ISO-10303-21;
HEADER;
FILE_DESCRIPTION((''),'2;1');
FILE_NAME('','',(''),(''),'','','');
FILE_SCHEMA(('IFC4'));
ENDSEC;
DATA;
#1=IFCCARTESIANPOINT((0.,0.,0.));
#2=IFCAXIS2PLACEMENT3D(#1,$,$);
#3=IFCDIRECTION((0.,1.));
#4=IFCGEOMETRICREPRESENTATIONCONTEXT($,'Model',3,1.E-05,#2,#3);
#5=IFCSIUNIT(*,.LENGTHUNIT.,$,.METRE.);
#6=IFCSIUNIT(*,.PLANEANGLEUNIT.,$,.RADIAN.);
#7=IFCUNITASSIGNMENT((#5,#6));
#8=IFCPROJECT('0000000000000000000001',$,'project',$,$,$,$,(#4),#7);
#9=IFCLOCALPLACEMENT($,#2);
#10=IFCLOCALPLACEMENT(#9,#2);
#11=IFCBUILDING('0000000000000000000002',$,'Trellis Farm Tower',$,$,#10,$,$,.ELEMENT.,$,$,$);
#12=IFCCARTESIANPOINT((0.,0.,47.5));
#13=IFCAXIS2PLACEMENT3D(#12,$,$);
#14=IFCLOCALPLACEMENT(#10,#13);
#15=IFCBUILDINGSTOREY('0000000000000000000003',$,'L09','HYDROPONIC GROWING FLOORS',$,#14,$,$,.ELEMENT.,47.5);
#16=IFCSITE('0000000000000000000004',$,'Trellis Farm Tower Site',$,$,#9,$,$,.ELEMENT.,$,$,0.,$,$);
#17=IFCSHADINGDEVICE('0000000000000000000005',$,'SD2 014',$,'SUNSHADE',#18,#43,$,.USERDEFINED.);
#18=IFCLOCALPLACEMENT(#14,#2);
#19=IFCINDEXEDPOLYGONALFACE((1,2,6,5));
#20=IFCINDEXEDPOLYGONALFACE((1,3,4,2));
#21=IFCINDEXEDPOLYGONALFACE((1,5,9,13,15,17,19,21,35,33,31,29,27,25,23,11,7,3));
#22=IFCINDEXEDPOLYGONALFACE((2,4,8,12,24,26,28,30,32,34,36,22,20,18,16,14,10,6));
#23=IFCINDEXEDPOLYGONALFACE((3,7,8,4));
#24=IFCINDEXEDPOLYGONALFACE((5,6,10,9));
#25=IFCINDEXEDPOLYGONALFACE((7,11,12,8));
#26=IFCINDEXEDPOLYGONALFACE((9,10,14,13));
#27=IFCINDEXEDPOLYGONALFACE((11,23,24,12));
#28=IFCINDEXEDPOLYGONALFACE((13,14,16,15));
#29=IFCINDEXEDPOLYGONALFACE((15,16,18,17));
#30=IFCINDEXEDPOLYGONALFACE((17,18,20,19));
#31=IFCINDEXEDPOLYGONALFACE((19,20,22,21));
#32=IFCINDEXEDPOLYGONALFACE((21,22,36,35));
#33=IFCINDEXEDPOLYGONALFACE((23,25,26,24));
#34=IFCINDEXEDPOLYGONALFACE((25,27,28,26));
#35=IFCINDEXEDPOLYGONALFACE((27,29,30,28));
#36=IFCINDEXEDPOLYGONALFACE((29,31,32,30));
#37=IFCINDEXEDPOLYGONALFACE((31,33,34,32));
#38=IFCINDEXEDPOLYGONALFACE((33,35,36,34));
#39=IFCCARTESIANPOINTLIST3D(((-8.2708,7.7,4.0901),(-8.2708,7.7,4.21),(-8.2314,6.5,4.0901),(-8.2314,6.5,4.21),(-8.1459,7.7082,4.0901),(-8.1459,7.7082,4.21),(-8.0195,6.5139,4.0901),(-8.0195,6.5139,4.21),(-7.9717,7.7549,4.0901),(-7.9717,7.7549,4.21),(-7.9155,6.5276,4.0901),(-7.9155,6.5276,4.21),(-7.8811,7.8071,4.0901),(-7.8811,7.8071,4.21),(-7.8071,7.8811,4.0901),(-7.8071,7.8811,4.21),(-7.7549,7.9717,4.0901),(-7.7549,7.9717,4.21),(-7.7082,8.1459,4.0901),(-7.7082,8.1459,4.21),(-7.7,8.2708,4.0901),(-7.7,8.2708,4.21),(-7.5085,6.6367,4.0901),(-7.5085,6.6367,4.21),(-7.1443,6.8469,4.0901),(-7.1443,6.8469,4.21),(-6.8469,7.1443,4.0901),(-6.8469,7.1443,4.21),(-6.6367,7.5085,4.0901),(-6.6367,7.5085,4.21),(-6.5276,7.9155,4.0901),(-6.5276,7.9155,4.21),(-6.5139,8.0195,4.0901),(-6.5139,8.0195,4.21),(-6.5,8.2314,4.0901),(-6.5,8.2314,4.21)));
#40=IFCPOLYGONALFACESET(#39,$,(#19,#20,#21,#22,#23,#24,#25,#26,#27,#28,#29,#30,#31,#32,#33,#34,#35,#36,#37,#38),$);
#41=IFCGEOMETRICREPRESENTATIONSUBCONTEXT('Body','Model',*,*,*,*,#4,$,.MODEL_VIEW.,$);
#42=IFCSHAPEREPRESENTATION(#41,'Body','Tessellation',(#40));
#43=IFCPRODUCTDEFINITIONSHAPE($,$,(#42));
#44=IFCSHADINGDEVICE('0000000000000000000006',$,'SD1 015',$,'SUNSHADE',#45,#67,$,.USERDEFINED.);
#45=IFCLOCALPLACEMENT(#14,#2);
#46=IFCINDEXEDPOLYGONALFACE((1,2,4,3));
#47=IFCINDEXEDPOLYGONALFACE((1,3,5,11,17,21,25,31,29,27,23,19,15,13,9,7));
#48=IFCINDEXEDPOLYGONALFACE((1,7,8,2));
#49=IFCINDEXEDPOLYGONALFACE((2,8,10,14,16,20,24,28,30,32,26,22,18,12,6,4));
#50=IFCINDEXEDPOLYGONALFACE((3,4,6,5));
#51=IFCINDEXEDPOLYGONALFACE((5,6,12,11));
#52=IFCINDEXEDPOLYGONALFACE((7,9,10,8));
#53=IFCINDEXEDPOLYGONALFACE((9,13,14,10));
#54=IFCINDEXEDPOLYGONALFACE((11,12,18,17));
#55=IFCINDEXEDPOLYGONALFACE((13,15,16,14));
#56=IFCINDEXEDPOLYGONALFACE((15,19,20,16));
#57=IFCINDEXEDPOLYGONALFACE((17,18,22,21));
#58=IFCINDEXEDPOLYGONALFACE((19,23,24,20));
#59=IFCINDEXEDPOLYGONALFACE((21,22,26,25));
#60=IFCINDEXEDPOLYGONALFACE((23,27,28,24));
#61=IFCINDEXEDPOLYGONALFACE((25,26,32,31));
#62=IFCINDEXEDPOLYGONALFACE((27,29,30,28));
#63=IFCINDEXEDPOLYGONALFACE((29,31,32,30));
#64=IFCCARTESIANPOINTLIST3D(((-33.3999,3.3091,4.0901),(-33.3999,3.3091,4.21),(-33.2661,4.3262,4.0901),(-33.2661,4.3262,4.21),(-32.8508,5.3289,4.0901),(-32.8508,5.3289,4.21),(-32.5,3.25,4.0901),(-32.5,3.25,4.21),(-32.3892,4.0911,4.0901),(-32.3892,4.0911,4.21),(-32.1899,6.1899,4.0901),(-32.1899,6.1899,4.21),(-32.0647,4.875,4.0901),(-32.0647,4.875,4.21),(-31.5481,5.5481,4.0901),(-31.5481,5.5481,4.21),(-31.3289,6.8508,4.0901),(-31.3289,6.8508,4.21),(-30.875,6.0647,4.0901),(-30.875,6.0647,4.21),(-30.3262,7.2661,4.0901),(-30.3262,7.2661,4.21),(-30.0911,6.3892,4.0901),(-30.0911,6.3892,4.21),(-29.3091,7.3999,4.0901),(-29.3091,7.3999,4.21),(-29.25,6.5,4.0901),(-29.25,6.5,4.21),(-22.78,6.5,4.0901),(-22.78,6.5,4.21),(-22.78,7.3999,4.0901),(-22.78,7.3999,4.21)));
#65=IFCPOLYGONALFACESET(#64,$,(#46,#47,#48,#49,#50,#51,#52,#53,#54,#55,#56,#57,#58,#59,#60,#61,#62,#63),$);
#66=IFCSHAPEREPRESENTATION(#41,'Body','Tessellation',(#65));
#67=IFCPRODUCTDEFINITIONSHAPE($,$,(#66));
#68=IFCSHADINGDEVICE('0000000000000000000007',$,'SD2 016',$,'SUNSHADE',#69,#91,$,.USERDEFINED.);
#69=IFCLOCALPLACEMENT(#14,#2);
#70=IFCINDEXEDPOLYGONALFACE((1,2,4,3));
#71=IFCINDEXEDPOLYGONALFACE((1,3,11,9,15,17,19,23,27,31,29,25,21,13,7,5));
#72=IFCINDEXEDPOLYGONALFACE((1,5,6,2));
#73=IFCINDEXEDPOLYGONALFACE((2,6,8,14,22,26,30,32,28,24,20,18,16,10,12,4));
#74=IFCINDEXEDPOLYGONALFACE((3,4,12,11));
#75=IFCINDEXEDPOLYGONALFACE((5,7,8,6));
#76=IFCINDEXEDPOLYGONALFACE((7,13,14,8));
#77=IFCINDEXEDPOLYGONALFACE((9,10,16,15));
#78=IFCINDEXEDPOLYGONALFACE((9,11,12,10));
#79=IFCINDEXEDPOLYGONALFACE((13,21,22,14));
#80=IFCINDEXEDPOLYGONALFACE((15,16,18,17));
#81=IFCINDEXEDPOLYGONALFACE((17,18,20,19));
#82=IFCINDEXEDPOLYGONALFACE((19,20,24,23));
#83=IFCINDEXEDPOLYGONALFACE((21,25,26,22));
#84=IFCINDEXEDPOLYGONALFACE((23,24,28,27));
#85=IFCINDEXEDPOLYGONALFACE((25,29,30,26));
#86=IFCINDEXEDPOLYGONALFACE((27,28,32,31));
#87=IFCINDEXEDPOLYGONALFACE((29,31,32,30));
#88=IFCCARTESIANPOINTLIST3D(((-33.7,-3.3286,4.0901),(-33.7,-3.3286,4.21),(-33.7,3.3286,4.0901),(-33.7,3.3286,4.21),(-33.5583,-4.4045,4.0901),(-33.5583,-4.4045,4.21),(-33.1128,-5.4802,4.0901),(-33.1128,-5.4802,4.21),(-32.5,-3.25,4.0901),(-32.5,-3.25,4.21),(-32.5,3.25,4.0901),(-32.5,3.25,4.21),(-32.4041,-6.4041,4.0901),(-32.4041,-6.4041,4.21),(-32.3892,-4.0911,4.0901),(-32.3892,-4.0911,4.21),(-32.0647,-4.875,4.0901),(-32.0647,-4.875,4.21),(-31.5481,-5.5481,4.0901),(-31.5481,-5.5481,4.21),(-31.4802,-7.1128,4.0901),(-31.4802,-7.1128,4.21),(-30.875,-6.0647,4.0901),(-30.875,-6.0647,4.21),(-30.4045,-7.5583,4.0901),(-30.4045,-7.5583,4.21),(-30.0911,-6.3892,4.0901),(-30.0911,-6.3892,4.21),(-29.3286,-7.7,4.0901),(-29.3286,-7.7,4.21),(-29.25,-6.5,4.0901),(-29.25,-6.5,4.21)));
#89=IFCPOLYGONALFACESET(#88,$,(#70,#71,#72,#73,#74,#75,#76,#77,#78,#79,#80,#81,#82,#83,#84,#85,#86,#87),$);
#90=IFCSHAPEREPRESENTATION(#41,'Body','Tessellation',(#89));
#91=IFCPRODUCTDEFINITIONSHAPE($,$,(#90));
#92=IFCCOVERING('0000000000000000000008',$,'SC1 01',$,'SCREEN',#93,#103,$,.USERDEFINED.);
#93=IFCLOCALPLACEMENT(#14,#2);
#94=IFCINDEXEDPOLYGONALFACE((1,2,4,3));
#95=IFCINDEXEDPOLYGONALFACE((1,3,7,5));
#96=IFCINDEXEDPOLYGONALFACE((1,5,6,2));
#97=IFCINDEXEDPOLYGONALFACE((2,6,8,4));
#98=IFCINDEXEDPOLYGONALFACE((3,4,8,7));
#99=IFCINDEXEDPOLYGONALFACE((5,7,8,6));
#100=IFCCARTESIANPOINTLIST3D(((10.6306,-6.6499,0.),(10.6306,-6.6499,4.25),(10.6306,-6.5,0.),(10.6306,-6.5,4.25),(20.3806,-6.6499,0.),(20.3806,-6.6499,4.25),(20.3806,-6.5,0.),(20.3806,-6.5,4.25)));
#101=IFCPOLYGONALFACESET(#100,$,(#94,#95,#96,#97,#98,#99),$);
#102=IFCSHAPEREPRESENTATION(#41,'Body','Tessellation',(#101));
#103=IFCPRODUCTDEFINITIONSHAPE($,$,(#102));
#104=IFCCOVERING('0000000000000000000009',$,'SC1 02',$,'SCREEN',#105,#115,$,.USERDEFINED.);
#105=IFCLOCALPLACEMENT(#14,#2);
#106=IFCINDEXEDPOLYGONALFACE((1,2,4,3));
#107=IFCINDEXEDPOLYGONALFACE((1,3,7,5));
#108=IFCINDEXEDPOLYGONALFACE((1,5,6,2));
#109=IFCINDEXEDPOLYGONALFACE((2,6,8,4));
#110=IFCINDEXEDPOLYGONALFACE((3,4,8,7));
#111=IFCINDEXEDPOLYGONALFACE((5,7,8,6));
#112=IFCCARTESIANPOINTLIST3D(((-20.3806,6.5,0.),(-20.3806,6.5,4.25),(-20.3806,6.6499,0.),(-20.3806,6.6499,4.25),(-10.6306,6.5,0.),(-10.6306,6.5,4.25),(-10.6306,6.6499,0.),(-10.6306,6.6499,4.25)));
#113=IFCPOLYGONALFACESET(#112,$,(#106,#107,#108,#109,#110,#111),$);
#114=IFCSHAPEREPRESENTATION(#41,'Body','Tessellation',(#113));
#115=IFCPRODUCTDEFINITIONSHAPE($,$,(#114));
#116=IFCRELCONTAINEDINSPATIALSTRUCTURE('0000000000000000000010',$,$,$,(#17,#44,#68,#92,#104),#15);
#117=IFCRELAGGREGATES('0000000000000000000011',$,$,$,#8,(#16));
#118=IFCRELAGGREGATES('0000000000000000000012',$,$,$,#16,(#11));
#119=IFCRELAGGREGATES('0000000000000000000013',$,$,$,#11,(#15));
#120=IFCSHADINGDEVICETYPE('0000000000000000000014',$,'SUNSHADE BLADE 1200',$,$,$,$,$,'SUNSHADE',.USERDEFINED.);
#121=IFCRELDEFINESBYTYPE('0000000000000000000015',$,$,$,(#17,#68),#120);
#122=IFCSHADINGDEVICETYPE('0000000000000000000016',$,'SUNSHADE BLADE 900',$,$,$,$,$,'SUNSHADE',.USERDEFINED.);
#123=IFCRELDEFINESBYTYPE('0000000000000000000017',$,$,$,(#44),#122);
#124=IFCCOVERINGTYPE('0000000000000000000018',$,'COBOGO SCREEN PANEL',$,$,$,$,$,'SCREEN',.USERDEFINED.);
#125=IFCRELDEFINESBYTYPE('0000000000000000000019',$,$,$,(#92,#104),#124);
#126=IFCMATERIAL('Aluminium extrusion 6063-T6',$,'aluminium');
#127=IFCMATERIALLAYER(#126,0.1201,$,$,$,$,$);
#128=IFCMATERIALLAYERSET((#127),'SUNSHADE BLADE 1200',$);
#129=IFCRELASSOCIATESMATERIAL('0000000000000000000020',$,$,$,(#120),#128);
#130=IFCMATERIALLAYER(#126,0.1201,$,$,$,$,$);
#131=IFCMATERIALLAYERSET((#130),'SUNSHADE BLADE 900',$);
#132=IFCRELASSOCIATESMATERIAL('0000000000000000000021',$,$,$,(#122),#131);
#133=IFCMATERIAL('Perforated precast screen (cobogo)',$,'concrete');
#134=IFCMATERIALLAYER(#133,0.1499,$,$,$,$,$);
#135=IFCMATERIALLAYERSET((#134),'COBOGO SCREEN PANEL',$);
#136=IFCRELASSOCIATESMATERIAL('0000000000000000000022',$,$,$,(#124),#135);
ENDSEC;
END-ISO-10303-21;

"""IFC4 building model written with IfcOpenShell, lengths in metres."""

from ifc_helpers import new_model, si_unit, direction, frame, origin, place, context, subcontext, project, spatial, polyline, outline, extrude, source, transform, mapped, material, layer, layer_set, type_object, element, save


model = new_model("IFC4")

# Units and contexts
model_context = context("Model", 3, precision=1e-05, world=origin(), true_north=direction((0.0, 1.0)))
body_context = subcontext(model_context, "Body", "Model", "MODEL_VIEW")
ifc_project = project(units=[si_unit("LENGTHUNIT", "METRE"), si_unit("PLANEANGLEUNIT", "RADIAN")], contexts=[model_context])

# Site, building, storey
site_placement = place(None, origin())
site = spatial("IfcSite", under=ifc_project, at=site_placement, Name="Trellis Farm Tower Site", CompositionType="ELEMENT", RefElevation=0.0)
building_placement = place(site_placement, origin())
building = spatial("IfcBuilding", under=site, at=building_placement, Name="Trellis Farm Tower", CompositionType="ELEMENT")
storey_placement = place(building_placement, frame((0.0, 0.0, 47.5)))
storey = spatial("IfcBuildingStorey", under=building, at=storey_placement, Name="L09", Description="HYDROPONIC GROWING FLOORS", CompositionType="ELEMENT", Elevation=47.5)

# Shared definitions
placement_1 = place(storey_placement, origin())
ifc_material_1 = material(Name="Aluminium extrusion 6063-T6", Category="aluminium")

# Shading devices
ifc_layer_1 = layer(ifc_material_1, 0.1201)
ifc_layer_set_1 = layer_set([ifc_layer_1], Name="SUNSHADE BLADE 1200")
shading_device_type_1 = type_object("IfcShadingDeviceType", Name="SUNSHADE BLADE 1200", ElementType="SUNSHADE", PredefinedType="USERDEFINED", material=ifc_layer_set_1)
placement_2 = place(storey_placement, frame((0.0, 0.0, 4.0901)))
shared_shape_1 = source(origin(), body_context, "Body", "SweptSolid", [
    extrude(outline(polyline([(-7.7, 8.2708), (-7.7087, 8.1372), (-7.707, 8.1501), (-7.7549, 7.9717), (-7.8071, 7.8811), (-7.8811, 7.8071), (-7.9717, 7.7549), (-8.1501, 7.707), (-8.1372, 7.7087), (-8.2708, 7.7), (-8.2314, 6.5), (-8.0195, 6.5139), (-7.9155, 6.5276), (-7.5085, 6.6367), (-7.1443, 6.8469), (-6.8469, 7.1443), (-6.6367, 7.5085), (-6.5276, 7.9155), (-6.5139, 8.0195), (-6.5, 8.2314), (-7.7, 8.2708)])), origin(), (0.0, 0.0, 1.0), 0.1199),
])
element("IfcShadingDevice", 1, at=placement_2, inside=storey, type_object=shading_device_type_1, Name="SD2 014", ObjectType="SUNSHADE", PredefinedType="USERDEFINED", context=body_context, shape_type="MappedRepresentation", body=[
    mapped(shared_shape_1, transform((0.0, 0.0, 0.0))),
])
ifc_layer_2 = layer(ifc_material_1, 0.1201)
ifc_layer_set_2 = layer_set([ifc_layer_2], Name="SUNSHADE BLADE 900")
shading_device_type_2 = type_object("IfcShadingDeviceType", Name="SUNSHADE BLADE 900", ElementType="SUNSHADE", PredefinedType="USERDEFINED", material=ifc_layer_set_2)
shared_shape_2 = source(origin(), body_context, "Body", "SweptSolid", [
    extrude(outline(polyline([(-22.78, 7.3999), (-29.3091, 7.3999), (-30.3262, 7.2661), (-31.3289, 6.8508), (-32.1899, 6.1899), (-32.8508, 5.3289), (-33.2661, 4.3262), (-33.3999, 3.3091), (-32.5, 3.25), (-32.3892, 4.0911), (-32.0647, 4.875), (-31.5481, 5.5481), (-30.875, 6.0647), (-30.0911, 6.3892), (-29.25, 6.5), (-22.78, 6.5), (-22.78, 7.3999)])), origin(), (0.0, 0.0, 1.0), 0.1199),
])
element("IfcShadingDevice", 2, at=placement_2, inside=storey, type_object=shading_device_type_2, Name="SD1 015", ObjectType="SUNSHADE", PredefinedType="USERDEFINED", context=body_context, shape_type="MappedRepresentation", body=[
    mapped(shared_shape_2, transform((0.0, 0.0, 0.0))),
])
shared_shape_3 = source(origin(), body_context, "Body", "SweptSolid", [
    extrude(outline(polyline([(-33.7, 3.3286), (-33.7, -3.3286), (-33.5583, -4.4045), (-33.1128, -5.4802), (-32.4041, -6.4041), (-31.4802, -7.1128), (-30.4045, -7.5583), (-29.3286, -7.7), (-29.25, -6.5), (-30.0911, -6.3892), (-30.875, -6.0647), (-31.5481, -5.5481), (-32.0647, -4.875), (-32.3892, -4.0911), (-32.5, -3.25), (-32.5, 3.25), (-33.7, 3.3286)])), origin(), (0.0, 0.0, 1.0), 0.1199),
])
element("IfcShadingDevice", 3, at=placement_2, inside=storey, type_object=shading_device_type_1, Name="SD2 016", ObjectType="SUNSHADE", PredefinedType="USERDEFINED", context=body_context, shape_type="MappedRepresentation", body=[
    mapped(shared_shape_3, transform((0.0, 0.0, 0.0))),
])

# Coverings
ifc_material_2 = material(Name="Perforated precast screen (cobogo)", Category="concrete")
ifc_layer_3 = layer(ifc_material_2, 0.1499)
ifc_layer_set_3 = layer_set([ifc_layer_3], Name="COBOGO SCREEN PANEL")
covering_type = type_object("IfcCoveringType", Name="COBOGO SCREEN PANEL", ElementType="SCREEN", PredefinedType="USERDEFINED", material=ifc_layer_set_3)
shared_shape_4 = source(origin(), body_context, "Body", "SweptSolid", [
    extrude(outline(polyline([(10.6306, -6.6499), (20.3806, -6.6499), (20.3806, -6.5), (10.6306, -6.5), (10.6306, -6.6499)])), origin(), (0.0, 0.0, 1.0), 4.25),
])
element("IfcCovering", 4, at=placement_1, inside=storey, type_object=covering_type, Name="SC1 01", ObjectType="SCREEN", PredefinedType="USERDEFINED", context=body_context, shape_type="MappedRepresentation", body=[
    mapped(shared_shape_4, transform((0.0, 0.0, 0.0))),
])
shared_shape_5 = source(origin(), body_context, "Body", "SweptSolid", [
    extrude(outline(polyline([(-10.6306, 6.6499), (-20.3806, 6.6499), (-20.3806, 6.5), (-10.6306, 6.5), (-10.6306, 6.6499)])), origin(), (0.0, 0.0, 1.0), 4.25),
])
element("IfcCovering", 5, at=placement_1, inside=storey, type_object=covering_type, Name="SC1 02", ObjectType="SCREEN", PredefinedType="USERDEFINED", context=body_context, shape_type="MappedRepresentation", body=[
    mapped(shared_shape_5, transform((0.0, 0.0, 0.0))),
])

save(model, "model.ifc")
